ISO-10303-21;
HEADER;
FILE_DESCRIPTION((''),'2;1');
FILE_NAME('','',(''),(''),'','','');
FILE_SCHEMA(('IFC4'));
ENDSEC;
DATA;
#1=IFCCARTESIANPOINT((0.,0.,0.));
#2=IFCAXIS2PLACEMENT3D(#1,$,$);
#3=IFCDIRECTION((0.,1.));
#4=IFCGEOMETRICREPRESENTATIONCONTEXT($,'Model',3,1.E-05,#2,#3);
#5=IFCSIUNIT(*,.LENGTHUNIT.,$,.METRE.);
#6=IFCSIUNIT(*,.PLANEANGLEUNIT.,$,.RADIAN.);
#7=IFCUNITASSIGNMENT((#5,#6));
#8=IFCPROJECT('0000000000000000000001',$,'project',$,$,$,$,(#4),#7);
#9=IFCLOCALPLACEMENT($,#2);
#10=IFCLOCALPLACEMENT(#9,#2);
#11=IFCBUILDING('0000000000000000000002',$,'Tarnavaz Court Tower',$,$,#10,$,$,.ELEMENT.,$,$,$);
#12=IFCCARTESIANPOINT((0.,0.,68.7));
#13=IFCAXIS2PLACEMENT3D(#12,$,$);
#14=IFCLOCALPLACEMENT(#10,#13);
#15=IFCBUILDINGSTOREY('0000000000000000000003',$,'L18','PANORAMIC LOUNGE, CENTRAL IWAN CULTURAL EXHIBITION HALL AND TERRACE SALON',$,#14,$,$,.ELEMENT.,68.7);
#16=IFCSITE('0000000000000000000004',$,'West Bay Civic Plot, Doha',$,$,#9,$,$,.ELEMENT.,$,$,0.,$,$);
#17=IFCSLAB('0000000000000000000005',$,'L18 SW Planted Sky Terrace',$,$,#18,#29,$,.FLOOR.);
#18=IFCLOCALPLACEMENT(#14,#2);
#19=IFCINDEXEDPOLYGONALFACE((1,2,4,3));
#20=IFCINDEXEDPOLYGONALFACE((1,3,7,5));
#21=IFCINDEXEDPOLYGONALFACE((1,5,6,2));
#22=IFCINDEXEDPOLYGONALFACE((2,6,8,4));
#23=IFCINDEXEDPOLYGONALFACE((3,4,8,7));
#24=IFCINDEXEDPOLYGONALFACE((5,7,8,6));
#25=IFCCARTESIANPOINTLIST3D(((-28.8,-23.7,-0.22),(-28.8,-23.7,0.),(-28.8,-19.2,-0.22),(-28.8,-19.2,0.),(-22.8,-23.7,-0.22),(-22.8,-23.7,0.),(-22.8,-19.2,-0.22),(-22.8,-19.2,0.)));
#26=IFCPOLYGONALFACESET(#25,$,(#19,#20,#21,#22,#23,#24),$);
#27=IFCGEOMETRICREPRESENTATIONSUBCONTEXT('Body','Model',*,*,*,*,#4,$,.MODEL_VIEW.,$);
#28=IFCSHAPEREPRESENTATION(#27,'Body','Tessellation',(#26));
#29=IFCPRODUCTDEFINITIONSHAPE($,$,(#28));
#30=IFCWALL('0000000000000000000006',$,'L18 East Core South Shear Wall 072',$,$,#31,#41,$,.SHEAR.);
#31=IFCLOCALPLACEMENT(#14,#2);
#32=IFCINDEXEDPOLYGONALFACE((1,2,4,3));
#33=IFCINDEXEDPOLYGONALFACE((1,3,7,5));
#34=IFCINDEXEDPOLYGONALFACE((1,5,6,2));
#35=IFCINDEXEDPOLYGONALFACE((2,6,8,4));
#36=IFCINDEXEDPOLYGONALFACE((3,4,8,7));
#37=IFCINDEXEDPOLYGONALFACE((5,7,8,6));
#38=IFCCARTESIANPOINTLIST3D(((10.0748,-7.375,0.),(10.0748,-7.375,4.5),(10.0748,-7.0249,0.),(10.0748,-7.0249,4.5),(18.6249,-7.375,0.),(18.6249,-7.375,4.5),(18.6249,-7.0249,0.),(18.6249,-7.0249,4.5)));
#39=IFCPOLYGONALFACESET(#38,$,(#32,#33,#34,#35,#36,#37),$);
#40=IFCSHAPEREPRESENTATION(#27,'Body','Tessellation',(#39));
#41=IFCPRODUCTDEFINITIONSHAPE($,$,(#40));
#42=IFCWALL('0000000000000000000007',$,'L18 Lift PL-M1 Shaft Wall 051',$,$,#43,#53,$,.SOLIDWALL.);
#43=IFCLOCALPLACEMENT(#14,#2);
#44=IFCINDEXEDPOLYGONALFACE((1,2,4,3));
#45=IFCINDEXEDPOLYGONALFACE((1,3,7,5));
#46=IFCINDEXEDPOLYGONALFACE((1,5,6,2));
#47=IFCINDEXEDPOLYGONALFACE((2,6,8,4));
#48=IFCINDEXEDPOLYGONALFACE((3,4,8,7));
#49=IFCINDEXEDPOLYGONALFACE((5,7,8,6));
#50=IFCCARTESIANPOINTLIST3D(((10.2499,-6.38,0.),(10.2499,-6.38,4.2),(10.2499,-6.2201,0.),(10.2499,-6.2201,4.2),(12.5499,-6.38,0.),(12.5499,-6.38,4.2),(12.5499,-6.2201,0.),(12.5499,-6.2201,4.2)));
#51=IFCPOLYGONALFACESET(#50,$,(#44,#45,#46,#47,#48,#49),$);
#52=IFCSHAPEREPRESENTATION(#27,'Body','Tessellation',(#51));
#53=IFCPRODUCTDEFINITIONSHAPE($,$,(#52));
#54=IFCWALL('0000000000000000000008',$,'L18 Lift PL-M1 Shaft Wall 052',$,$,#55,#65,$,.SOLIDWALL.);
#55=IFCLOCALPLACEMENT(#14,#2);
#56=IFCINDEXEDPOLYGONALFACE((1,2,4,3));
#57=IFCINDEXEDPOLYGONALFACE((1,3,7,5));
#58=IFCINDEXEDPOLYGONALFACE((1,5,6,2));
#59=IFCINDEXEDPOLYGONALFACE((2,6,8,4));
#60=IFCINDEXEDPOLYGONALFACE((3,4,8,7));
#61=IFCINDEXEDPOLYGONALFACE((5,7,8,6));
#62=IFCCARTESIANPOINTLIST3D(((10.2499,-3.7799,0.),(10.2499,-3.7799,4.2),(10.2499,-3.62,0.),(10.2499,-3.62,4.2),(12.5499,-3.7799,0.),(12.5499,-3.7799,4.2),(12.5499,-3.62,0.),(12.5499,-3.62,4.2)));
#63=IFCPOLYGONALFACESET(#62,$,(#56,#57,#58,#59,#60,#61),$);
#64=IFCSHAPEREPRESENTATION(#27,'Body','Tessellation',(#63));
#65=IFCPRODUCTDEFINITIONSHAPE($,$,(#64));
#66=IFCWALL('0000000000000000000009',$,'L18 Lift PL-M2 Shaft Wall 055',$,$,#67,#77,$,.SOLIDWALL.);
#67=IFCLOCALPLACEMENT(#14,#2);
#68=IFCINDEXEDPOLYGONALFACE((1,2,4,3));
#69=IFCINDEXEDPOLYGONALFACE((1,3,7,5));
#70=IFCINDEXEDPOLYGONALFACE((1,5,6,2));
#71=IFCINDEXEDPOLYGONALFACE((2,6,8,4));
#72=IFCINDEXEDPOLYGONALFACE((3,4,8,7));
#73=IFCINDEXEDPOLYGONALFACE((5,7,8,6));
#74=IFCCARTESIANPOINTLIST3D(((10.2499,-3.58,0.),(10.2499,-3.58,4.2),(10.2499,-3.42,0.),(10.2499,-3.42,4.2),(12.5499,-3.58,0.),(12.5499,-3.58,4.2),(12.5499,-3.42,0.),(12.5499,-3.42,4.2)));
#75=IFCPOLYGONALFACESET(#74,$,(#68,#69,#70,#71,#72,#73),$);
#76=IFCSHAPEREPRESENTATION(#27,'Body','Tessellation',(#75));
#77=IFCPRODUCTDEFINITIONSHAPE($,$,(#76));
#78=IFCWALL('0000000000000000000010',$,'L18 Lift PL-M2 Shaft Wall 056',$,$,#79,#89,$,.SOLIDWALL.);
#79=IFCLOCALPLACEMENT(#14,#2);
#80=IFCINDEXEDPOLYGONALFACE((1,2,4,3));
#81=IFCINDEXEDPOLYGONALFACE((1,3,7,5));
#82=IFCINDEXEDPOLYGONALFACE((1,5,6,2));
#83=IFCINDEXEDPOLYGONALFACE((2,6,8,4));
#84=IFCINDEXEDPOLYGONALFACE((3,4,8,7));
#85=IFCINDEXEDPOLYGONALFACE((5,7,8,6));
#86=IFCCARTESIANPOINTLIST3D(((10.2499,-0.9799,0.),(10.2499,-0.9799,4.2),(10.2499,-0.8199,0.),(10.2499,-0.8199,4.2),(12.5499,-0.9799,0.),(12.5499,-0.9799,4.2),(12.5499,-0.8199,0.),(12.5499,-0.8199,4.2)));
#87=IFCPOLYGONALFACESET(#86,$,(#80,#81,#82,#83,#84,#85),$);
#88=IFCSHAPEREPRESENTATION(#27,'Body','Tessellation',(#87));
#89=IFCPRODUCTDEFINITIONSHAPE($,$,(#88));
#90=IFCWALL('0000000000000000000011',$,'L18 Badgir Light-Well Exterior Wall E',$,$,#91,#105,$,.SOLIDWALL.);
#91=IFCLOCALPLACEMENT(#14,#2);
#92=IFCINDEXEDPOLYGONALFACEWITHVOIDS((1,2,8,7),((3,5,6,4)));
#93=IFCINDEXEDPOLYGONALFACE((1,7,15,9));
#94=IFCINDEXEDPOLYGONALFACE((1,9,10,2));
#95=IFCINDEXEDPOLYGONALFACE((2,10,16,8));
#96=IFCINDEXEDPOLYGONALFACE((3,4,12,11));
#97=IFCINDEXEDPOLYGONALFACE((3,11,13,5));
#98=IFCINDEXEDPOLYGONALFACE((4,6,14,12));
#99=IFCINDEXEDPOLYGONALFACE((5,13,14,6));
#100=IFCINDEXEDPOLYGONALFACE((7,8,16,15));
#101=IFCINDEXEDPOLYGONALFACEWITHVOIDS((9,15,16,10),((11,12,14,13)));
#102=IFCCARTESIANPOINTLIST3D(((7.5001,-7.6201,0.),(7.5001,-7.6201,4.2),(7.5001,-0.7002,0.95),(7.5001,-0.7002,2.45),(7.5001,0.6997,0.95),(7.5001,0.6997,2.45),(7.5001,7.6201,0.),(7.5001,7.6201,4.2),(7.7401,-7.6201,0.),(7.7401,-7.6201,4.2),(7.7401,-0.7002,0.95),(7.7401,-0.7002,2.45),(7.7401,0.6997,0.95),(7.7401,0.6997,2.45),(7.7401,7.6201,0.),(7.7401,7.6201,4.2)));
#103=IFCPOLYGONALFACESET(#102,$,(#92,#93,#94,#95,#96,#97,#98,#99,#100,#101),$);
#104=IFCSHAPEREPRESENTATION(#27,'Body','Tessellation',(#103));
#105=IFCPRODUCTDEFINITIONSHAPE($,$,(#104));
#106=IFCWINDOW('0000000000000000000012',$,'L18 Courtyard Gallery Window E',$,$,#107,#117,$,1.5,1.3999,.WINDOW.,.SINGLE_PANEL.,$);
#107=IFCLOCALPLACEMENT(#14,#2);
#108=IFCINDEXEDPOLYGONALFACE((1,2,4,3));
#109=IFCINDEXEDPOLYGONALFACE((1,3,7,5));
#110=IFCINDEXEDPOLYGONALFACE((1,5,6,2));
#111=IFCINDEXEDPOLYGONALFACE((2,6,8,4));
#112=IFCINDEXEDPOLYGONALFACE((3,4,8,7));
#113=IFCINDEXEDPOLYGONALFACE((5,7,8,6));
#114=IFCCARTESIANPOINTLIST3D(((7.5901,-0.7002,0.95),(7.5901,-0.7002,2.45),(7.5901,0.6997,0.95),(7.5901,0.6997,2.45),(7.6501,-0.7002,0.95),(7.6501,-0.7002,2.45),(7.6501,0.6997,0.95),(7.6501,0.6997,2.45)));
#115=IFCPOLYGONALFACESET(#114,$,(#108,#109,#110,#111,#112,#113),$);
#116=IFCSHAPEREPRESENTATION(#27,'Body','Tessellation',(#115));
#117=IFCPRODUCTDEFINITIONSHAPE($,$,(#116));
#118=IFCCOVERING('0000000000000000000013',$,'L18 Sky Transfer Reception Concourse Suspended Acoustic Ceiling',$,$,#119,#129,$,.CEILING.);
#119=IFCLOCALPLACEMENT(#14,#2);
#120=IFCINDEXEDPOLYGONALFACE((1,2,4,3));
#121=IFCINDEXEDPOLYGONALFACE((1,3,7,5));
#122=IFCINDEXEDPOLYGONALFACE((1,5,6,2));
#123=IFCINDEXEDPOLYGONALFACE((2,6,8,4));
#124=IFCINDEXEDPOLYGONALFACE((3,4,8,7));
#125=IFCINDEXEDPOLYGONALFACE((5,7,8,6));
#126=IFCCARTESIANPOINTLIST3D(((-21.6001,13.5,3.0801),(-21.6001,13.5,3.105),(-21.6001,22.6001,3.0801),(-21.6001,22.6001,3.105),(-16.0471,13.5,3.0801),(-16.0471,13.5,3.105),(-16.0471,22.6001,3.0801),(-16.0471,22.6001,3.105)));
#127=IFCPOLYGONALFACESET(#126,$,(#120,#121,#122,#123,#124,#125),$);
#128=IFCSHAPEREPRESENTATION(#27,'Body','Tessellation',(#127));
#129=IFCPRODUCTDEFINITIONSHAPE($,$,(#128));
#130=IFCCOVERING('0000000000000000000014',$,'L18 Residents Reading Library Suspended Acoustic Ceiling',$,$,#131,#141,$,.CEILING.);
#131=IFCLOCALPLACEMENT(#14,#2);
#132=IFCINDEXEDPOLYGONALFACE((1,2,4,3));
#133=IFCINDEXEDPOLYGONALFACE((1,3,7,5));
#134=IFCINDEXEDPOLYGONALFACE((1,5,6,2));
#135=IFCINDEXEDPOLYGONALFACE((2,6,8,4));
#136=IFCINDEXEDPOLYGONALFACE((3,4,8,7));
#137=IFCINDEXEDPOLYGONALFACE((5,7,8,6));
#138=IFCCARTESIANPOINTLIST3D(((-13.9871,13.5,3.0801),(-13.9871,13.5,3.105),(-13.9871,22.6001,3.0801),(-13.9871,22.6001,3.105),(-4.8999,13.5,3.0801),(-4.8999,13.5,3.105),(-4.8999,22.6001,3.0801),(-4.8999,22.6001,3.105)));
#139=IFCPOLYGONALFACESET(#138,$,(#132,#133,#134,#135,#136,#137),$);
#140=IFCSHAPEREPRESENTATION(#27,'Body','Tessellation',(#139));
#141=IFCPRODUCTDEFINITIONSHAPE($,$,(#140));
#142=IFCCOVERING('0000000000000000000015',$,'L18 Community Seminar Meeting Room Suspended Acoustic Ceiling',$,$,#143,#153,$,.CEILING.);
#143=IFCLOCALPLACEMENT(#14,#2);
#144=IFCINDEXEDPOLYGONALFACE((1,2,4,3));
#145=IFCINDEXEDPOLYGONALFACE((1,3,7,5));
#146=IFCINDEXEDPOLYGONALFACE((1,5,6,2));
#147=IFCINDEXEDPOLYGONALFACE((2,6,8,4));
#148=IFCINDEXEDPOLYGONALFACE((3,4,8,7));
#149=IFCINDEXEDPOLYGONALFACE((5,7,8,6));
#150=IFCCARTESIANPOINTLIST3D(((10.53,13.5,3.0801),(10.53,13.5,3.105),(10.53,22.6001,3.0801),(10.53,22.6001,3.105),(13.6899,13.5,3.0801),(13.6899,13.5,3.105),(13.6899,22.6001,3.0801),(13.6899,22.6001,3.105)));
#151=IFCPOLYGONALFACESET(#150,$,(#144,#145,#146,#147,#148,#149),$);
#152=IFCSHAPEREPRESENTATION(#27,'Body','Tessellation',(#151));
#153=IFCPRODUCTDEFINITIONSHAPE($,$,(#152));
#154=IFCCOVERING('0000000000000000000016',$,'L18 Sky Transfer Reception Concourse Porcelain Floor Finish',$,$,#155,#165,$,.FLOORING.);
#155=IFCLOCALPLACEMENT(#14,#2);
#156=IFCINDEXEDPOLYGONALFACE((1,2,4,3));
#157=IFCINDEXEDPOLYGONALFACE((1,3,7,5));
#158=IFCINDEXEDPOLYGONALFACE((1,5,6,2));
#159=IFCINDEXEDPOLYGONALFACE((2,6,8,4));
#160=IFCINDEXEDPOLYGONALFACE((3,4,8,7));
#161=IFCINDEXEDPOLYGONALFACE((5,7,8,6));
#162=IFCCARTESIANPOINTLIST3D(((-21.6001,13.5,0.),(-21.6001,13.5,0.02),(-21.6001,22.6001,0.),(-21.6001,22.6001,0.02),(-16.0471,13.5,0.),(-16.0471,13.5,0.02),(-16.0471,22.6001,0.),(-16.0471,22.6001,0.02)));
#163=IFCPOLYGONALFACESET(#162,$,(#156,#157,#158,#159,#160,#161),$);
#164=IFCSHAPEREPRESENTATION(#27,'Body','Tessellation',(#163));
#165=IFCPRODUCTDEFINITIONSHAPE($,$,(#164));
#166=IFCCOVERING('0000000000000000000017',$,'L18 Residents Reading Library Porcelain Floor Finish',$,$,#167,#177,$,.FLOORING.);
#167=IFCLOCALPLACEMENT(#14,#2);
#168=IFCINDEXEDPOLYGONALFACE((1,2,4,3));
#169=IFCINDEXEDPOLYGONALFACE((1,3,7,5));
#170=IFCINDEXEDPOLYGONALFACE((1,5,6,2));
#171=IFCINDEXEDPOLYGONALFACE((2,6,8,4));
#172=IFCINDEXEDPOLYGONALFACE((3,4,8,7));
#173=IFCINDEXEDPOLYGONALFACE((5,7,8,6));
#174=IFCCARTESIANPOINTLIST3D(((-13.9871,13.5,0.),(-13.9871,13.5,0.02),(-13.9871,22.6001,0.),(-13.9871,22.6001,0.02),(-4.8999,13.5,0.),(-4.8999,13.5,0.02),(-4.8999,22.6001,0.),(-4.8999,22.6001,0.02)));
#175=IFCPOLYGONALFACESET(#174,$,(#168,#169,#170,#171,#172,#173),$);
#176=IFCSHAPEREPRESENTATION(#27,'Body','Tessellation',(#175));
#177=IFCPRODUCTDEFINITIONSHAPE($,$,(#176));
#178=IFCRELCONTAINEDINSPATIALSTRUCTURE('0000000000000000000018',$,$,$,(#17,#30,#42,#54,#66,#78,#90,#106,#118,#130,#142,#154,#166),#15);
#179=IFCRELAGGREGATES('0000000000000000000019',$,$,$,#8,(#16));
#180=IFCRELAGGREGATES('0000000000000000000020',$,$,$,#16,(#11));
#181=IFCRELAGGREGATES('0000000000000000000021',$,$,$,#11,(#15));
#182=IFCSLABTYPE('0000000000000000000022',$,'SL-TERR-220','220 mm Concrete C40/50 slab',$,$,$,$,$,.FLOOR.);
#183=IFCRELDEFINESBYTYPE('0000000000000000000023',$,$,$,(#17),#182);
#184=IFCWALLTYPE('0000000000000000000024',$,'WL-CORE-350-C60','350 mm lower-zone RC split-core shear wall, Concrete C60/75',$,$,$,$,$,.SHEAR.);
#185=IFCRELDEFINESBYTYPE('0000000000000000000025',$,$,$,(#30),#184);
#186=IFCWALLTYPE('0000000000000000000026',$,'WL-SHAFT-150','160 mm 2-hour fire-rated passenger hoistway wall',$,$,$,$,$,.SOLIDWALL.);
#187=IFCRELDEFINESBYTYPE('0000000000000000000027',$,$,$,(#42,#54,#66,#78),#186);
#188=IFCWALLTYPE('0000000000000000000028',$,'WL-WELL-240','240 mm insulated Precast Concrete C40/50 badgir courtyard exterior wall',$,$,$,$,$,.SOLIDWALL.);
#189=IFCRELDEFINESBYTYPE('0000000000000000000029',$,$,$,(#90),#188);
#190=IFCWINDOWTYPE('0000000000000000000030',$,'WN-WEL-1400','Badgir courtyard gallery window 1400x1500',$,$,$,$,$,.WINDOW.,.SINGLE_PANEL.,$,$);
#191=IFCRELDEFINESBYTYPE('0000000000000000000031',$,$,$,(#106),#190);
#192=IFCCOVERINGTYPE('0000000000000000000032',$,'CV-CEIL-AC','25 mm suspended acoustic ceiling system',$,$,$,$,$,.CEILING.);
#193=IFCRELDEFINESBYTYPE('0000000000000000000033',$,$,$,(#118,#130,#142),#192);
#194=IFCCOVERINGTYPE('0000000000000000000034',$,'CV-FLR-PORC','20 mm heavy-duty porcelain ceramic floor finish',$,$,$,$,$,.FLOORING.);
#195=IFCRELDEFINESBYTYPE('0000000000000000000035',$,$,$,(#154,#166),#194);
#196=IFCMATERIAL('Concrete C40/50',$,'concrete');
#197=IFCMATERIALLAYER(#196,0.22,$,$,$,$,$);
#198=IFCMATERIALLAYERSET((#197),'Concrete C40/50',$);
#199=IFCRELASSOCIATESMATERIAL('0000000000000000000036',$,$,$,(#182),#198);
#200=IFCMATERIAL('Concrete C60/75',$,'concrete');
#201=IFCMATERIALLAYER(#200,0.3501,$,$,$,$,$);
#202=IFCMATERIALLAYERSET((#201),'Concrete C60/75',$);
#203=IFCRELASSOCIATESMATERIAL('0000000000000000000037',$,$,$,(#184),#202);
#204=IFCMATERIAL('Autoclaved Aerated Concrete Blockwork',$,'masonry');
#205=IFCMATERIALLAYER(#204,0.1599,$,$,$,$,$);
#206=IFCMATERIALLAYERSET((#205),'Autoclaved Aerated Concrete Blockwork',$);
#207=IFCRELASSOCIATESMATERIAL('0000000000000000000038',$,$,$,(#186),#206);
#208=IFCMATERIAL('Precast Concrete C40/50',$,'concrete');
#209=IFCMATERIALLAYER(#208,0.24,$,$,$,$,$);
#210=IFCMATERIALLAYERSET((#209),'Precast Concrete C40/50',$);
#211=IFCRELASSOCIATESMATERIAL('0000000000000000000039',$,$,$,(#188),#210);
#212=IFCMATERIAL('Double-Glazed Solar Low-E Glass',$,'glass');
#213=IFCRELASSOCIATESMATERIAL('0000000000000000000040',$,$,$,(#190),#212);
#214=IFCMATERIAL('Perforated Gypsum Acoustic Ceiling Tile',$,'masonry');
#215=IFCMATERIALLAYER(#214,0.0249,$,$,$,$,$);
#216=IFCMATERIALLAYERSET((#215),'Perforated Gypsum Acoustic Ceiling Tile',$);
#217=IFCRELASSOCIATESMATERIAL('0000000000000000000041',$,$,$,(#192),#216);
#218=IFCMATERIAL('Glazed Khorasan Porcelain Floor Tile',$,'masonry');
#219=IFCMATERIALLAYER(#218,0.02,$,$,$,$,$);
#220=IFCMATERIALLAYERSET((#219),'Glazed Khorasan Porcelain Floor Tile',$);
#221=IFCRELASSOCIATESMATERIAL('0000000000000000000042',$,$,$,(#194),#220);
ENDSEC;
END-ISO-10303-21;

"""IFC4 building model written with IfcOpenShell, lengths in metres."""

from ifc_helpers import new_model, si_unit, direction, frame, frame_2d, origin, place, context, subcontext, project, spatial, polyline, rectangle, outline, extrude, material, layer, layer_set, type_object, element, fill, save


model = new_model("IFC4")

# Units and contexts
model_context = context("Model", 3, precision=1e-05, world=origin(), true_north=direction((0.0, 1.0)))
body_context = subcontext(model_context, "Body", "Model", "MODEL_VIEW")
ifc_project = project(units=[si_unit("LENGTHUNIT", "METRE"), si_unit("PLANEANGLEUNIT", "RADIAN")], contexts=[model_context])

# Site, building, storey
site_placement = place(None, origin())
site = spatial("IfcSite", under=ifc_project, at=site_placement, Name="West Bay Civic Plot, Doha", CompositionType="ELEMENT", RefElevation=0.0)
building_placement = place(site_placement, origin())
building = spatial("IfcBuilding", under=site, at=building_placement, Name="Tarnavaz Court Tower", CompositionType="ELEMENT")
storey_placement = place(building_placement, frame((0.0, 0.0, 68.7)))
storey = spatial("IfcBuildingStorey", under=building, at=storey_placement, Name="L18", Description="PANORAMIC LOUNGE, CENTRAL IWAN CULTURAL EXHIBITION HALL AND TERRACE SALON", CompositionType="ELEMENT", Elevation=68.7)

# Shared definitions
ifc_material_1 = material(Name="Concrete C60/75", Category="concrete")

# Shared definitions
ifc_material_2 = material(Name="Concrete C40/50", Category="concrete")

# Slab
ifc_layer_1 = layer(ifc_material_2, 0.22)
ifc_layer_set_1 = layer_set([ifc_layer_1], Name="Concrete C40/50")
slab_type_1 = type_object("IfcSlabType", Name="SL-TERR-220", Description="220 mm Concrete C40/50 slab", PredefinedType="FLOOR", material=ifc_layer_set_1)
slab_1_placement = place(storey_placement, frame((0.0, 0.0, -0.22)))
element("IfcSlab", 1, at=slab_1_placement, inside=storey, type_object=slab_type_1, Name="L18 SW Planted Sky Terrace", PredefinedType="FLOOR", context=body_context, shape_type="SweptSolid", body=[
    extrude(outline(polyline([(-28.8, -23.7), (-22.8, -23.7), (-22.8, -19.2), (-28.8, -19.2), (-28.8, -23.7)])), origin(), (0.0, 0.0, 1.0), 0.22),
])

# Wall
ifc_layer_2 = layer(ifc_material_1, 0.3501)
ifc_layer_set_2 = layer_set([ifc_layer_2], Name="Concrete C60/75")
wall_type_1 = type_object("IfcWallType", Name="WL-CORE-350-C60", Description="350 mm lower-zone RC split-core shear wall, Concrete C60/75", PredefinedType="SHEAR", material=ifc_layer_set_2)
wall_1_placement = place(storey_placement, frame((10.075, -7.2, 0.0), z_axis=(0.0, 0.0, 1.0), x_axis=(1.0, 0.0, 0.0)))
element("IfcWall", 2, at=wall_1_placement, inside=storey, type_object=wall_type_1, Name="L18 East Core South Shear Wall 072", PredefinedType="SHEAR", context=body_context, shape_type="SweptSolid", body=[
    extrude(rectangle(XDim=8.55, YDim=0.3501, at=frame_2d((4.2749, 0.0))), origin(), (0.0, 0.0, 1.0), 4.5),
])

# Shared definitions
ifc_material_3 = material(Name="Autoclaved Aerated Concrete Blockwork", Category="masonry")
ifc_layer_3 = layer(ifc_material_3, 0.1599)
ifc_layer_set_3 = layer_set([ifc_layer_3], Name="Autoclaved Aerated Concrete Blockwork")
wall_type_2 = type_object("IfcWallType", Name="WL-SHAFT-150", Description="160 mm 2-hour fire-rated passenger hoistway wall", PredefinedType="SOLIDWALL", material=ifc_layer_set_3)

# Walls
for number, where, z_axis, x_axis, name in (
    (3, (10.25, -6.3, 0.0), (0.0, 0.0, 1.0), (1.0, 0.0, 0.0), "L18 Lift PL-M1 Shaft Wall 051"),
    (4, (10.25, -3.7, 0.0), (0.0, 0.0, 1.0), (1.0, 0.0, 0.0), "L18 Lift PL-M1 Shaft Wall 052"),
):
    element("IfcWall", number, at=place(storey_placement, frame(where, z_axis=z_axis, x_axis=x_axis)), inside=storey, type_object=wall_type_2, Name=name, PredefinedType="SOLIDWALL", context=body_context, shape_type="SweptSolid", body=[
        extrude(rectangle(XDim=2.3, YDim=0.1599, at=frame_2d((1.1499, 0.0))), origin(), (0.0, 0.0, 1.0), 4.2),
    ])

# Walls
for number, where, z_axis, x_axis, name in (
    (5, (10.25, -3.5, 0.0), (0.0, 0.0, 1.0), (1.0, 0.0, 0.0), "L18 Lift PL-M2 Shaft Wall 055"),
    (6, (10.25, -0.8999, 0.0), (0.0, 0.0, 1.0), (1.0, 0.0, 0.0), "L18 Lift PL-M2 Shaft Wall 056"),
):
    element("IfcWall", number, at=place(storey_placement, frame(where, z_axis=z_axis, x_axis=x_axis)), inside=storey, type_object=wall_type_2, Name=name, PredefinedType="SOLIDWALL", context=body_context, shape_type="SweptSolid", body=[
        extrude(rectangle(XDim=2.3, YDim=0.1599, at=frame_2d((1.1499, 0.0))), origin(), (0.0, 0.0, 1.0), 4.2),
    ])

# Wall, opening, window
ifc_material_4 = material(Name="Precast Concrete C40/50", Category="concrete")
ifc_layer_4 = layer(ifc_material_4, 0.24)
ifc_layer_set_4 = layer_set([ifc_layer_4], Name="Precast Concrete C40/50")
wall_type_3 = type_object("IfcWallType", Name="WL-WELL-240", Description="240 mm insulated Precast Concrete C40/50 badgir courtyard exterior wall", PredefinedType="SOLIDWALL", material=ifc_layer_set_4)
wall_2_placement = place(storey_placement, frame((7.6201, -7.6201, 0.0), z_axis=(0.0, 0.0, 1.0), x_axis=(0.0, 1.0, 0.0)))
wall_2 = element("IfcWall", 7, at=wall_2_placement, inside=storey, type_object=wall_type_3, Name="L18 Badgir Light-Well Exterior Wall E", PredefinedType="SOLIDWALL", context=body_context, shape_type="SweptSolid", body=[
    extrude(rectangle(XDim=15.2402, YDim=0.24, at=frame_2d((7.6201, 0.0))), origin(), (0.0, 0.0, 1.0), 4.2),
])
opening_1_placement = place(wall_2_placement, frame((6.9199, 0.0, 0.95)))
opening_1 = element("IfcOpeningElement", 8, at=opening_1_placement, cuts=wall_2, PredefinedType="OPENING", context=body_context, shape_type="SweptSolid", body=[
    extrude(rectangle(XDim=1.3999, YDim=1.5, at=frame_2d((0.7, 0.75))), frame((0.0, 0.1299, 0.0), z_axis=(0.0, -1.0, 0.0), x_axis=(1.0, 0.0, 0.0)), (0.0, 0.0, 1.0), 0.26),
])
ifc_material_5 = material(Name="Double-Glazed Solar Low-E Glass", Category="glass")
window_type = type_object("IfcWindowType", Name="WN-WEL-1400", Description="Badgir courtyard gallery window 1400x1500", PartitioningType="SINGLE_PANEL", PredefinedType="WINDOW", material=ifc_material_5)
window_placement = place(opening_1_placement, origin())
window = element("IfcWindow", 9, at=window_placement, inside=storey, type_object=window_type, Name="L18 Courtyard Gallery Window E", OverallHeight=1.5, OverallWidth=1.3999, PartitioningType="SINGLE_PANEL", PredefinedType="WINDOW", context=body_context, shape_type="SweptSolid", body=[
    extrude(rectangle(XDim=1.3999, YDim=1.5, at=frame_2d((0.7, 0.75))), frame((0.0, 0.03, 0.0), z_axis=(0.0, -1.0, 0.0), x_axis=(1.0, 0.0, 0.0)), (0.0, 0.0, 1.0), 0.0601),
])
fill(opening_1, window)

# Coverings
ifc_material_6 = material(Name="Perforated Gypsum Acoustic Ceiling Tile", Category="masonry")
ifc_layer_5 = layer(ifc_material_6, 0.0249)
ifc_layer_set_5 = layer_set([ifc_layer_5], Name="Perforated Gypsum Acoustic Ceiling Tile")
covering_type_1 = type_object("IfcCoveringType", Name="CV-CEIL-AC", Description="25 mm suspended acoustic ceiling system", PredefinedType="CEILING", material=ifc_layer_set_5)
covering_1_placement = place(storey_placement, frame((0.0, 0.0, 3.0801)))
element("IfcCovering", 10, at=covering_1_placement, inside=storey, type_object=covering_type_1, Name="L18 Sky Transfer Reception Concourse Suspended Acoustic Ceiling", PredefinedType="CEILING", context=body_context, shape_type="SweptSolid", body=[
    extrude(outline(polyline([(-21.6001, 13.5), (-16.0471, 13.5), (-16.0471, 22.6001), (-21.6001, 22.6001), (-21.6001, 13.5)])), origin(), (0.0, 0.0, 1.0), 0.0249),
])
covering_2_placement = place(storey_placement, frame((0.0, 0.0, 3.0801)))
element("IfcCovering", 11, at=covering_2_placement, inside=storey, type_object=covering_type_1, Name="L18 Residents Reading Library Suspended Acoustic Ceiling", PredefinedType="CEILING", context=body_context, shape_type="SweptSolid", body=[
    extrude(outline(polyline([(-13.9871, 13.5), (-4.8999, 13.5), (-4.8999, 22.6001), (-13.9871, 22.6001), (-13.9871, 13.5)])), origin(), (0.0, 0.0, 1.0), 0.0249),
])
covering_3_placement = place(storey_placement, frame((0.0, 0.0, 3.0801)))
element("IfcCovering", 12, at=covering_3_placement, inside=storey, type_object=covering_type_1, Name="L18 Community Seminar Meeting Room Suspended Acoustic Ceiling", PredefinedType="CEILING", context=body_context, shape_type="SweptSolid", body=[
    extrude(outline(polyline([(10.53, 13.5), (13.6899, 13.5), (13.6899, 22.6001), (10.53, 22.6001), (10.53, 13.5)])), origin(), (0.0, 0.0, 1.0), 0.0249),
])
ifc_material_7 = material(Name="Glazed Khorasan Porcelain Floor Tile", Category="masonry")
ifc_layer_6 = layer(ifc_material_7, 0.02)
ifc_layer_set_6 = layer_set([ifc_layer_6], Name="Glazed Khorasan Porcelain Floor Tile")
covering_type_2 = type_object("IfcCoveringType", Name="CV-FLR-PORC", Description="20 mm heavy-duty porcelain ceramic floor finish", PredefinedType="FLOORING", material=ifc_layer_set_6)
covering_4_placement = place(storey_placement, origin())
element("IfcCovering", 13, at=covering_4_placement, inside=storey, type_object=covering_type_2, Name="L18 Sky Transfer Reception Concourse Porcelain Floor Finish", PredefinedType="FLOORING", context=body_context, shape_type="SweptSolid", body=[
    extrude(outline(polyline([(-21.6001, 13.5), (-16.0471, 13.5), (-16.0471, 22.6001), (-21.6001, 22.6001), (-21.6001, 13.5)])), origin(), (0.0, 0.0, 1.0), 0.02),
])
covering_5_placement = place(storey_placement, origin())
element("IfcCovering", 14, at=covering_5_placement, inside=storey, type_object=covering_type_2, Name="L18 Residents Reading Library Porcelain Floor Finish", PredefinedType="FLOORING", context=body_context, shape_type="SweptSolid", body=[
    extrude(outline(polyline([(-13.9871, 13.5), (-4.8999, 13.5), (-4.8999, 22.6001), (-13.9871, 22.6001), (-13.9871, 13.5)])), origin(), (0.0, 0.0, 1.0), 0.02),
])

save(model, "model.ifc")
